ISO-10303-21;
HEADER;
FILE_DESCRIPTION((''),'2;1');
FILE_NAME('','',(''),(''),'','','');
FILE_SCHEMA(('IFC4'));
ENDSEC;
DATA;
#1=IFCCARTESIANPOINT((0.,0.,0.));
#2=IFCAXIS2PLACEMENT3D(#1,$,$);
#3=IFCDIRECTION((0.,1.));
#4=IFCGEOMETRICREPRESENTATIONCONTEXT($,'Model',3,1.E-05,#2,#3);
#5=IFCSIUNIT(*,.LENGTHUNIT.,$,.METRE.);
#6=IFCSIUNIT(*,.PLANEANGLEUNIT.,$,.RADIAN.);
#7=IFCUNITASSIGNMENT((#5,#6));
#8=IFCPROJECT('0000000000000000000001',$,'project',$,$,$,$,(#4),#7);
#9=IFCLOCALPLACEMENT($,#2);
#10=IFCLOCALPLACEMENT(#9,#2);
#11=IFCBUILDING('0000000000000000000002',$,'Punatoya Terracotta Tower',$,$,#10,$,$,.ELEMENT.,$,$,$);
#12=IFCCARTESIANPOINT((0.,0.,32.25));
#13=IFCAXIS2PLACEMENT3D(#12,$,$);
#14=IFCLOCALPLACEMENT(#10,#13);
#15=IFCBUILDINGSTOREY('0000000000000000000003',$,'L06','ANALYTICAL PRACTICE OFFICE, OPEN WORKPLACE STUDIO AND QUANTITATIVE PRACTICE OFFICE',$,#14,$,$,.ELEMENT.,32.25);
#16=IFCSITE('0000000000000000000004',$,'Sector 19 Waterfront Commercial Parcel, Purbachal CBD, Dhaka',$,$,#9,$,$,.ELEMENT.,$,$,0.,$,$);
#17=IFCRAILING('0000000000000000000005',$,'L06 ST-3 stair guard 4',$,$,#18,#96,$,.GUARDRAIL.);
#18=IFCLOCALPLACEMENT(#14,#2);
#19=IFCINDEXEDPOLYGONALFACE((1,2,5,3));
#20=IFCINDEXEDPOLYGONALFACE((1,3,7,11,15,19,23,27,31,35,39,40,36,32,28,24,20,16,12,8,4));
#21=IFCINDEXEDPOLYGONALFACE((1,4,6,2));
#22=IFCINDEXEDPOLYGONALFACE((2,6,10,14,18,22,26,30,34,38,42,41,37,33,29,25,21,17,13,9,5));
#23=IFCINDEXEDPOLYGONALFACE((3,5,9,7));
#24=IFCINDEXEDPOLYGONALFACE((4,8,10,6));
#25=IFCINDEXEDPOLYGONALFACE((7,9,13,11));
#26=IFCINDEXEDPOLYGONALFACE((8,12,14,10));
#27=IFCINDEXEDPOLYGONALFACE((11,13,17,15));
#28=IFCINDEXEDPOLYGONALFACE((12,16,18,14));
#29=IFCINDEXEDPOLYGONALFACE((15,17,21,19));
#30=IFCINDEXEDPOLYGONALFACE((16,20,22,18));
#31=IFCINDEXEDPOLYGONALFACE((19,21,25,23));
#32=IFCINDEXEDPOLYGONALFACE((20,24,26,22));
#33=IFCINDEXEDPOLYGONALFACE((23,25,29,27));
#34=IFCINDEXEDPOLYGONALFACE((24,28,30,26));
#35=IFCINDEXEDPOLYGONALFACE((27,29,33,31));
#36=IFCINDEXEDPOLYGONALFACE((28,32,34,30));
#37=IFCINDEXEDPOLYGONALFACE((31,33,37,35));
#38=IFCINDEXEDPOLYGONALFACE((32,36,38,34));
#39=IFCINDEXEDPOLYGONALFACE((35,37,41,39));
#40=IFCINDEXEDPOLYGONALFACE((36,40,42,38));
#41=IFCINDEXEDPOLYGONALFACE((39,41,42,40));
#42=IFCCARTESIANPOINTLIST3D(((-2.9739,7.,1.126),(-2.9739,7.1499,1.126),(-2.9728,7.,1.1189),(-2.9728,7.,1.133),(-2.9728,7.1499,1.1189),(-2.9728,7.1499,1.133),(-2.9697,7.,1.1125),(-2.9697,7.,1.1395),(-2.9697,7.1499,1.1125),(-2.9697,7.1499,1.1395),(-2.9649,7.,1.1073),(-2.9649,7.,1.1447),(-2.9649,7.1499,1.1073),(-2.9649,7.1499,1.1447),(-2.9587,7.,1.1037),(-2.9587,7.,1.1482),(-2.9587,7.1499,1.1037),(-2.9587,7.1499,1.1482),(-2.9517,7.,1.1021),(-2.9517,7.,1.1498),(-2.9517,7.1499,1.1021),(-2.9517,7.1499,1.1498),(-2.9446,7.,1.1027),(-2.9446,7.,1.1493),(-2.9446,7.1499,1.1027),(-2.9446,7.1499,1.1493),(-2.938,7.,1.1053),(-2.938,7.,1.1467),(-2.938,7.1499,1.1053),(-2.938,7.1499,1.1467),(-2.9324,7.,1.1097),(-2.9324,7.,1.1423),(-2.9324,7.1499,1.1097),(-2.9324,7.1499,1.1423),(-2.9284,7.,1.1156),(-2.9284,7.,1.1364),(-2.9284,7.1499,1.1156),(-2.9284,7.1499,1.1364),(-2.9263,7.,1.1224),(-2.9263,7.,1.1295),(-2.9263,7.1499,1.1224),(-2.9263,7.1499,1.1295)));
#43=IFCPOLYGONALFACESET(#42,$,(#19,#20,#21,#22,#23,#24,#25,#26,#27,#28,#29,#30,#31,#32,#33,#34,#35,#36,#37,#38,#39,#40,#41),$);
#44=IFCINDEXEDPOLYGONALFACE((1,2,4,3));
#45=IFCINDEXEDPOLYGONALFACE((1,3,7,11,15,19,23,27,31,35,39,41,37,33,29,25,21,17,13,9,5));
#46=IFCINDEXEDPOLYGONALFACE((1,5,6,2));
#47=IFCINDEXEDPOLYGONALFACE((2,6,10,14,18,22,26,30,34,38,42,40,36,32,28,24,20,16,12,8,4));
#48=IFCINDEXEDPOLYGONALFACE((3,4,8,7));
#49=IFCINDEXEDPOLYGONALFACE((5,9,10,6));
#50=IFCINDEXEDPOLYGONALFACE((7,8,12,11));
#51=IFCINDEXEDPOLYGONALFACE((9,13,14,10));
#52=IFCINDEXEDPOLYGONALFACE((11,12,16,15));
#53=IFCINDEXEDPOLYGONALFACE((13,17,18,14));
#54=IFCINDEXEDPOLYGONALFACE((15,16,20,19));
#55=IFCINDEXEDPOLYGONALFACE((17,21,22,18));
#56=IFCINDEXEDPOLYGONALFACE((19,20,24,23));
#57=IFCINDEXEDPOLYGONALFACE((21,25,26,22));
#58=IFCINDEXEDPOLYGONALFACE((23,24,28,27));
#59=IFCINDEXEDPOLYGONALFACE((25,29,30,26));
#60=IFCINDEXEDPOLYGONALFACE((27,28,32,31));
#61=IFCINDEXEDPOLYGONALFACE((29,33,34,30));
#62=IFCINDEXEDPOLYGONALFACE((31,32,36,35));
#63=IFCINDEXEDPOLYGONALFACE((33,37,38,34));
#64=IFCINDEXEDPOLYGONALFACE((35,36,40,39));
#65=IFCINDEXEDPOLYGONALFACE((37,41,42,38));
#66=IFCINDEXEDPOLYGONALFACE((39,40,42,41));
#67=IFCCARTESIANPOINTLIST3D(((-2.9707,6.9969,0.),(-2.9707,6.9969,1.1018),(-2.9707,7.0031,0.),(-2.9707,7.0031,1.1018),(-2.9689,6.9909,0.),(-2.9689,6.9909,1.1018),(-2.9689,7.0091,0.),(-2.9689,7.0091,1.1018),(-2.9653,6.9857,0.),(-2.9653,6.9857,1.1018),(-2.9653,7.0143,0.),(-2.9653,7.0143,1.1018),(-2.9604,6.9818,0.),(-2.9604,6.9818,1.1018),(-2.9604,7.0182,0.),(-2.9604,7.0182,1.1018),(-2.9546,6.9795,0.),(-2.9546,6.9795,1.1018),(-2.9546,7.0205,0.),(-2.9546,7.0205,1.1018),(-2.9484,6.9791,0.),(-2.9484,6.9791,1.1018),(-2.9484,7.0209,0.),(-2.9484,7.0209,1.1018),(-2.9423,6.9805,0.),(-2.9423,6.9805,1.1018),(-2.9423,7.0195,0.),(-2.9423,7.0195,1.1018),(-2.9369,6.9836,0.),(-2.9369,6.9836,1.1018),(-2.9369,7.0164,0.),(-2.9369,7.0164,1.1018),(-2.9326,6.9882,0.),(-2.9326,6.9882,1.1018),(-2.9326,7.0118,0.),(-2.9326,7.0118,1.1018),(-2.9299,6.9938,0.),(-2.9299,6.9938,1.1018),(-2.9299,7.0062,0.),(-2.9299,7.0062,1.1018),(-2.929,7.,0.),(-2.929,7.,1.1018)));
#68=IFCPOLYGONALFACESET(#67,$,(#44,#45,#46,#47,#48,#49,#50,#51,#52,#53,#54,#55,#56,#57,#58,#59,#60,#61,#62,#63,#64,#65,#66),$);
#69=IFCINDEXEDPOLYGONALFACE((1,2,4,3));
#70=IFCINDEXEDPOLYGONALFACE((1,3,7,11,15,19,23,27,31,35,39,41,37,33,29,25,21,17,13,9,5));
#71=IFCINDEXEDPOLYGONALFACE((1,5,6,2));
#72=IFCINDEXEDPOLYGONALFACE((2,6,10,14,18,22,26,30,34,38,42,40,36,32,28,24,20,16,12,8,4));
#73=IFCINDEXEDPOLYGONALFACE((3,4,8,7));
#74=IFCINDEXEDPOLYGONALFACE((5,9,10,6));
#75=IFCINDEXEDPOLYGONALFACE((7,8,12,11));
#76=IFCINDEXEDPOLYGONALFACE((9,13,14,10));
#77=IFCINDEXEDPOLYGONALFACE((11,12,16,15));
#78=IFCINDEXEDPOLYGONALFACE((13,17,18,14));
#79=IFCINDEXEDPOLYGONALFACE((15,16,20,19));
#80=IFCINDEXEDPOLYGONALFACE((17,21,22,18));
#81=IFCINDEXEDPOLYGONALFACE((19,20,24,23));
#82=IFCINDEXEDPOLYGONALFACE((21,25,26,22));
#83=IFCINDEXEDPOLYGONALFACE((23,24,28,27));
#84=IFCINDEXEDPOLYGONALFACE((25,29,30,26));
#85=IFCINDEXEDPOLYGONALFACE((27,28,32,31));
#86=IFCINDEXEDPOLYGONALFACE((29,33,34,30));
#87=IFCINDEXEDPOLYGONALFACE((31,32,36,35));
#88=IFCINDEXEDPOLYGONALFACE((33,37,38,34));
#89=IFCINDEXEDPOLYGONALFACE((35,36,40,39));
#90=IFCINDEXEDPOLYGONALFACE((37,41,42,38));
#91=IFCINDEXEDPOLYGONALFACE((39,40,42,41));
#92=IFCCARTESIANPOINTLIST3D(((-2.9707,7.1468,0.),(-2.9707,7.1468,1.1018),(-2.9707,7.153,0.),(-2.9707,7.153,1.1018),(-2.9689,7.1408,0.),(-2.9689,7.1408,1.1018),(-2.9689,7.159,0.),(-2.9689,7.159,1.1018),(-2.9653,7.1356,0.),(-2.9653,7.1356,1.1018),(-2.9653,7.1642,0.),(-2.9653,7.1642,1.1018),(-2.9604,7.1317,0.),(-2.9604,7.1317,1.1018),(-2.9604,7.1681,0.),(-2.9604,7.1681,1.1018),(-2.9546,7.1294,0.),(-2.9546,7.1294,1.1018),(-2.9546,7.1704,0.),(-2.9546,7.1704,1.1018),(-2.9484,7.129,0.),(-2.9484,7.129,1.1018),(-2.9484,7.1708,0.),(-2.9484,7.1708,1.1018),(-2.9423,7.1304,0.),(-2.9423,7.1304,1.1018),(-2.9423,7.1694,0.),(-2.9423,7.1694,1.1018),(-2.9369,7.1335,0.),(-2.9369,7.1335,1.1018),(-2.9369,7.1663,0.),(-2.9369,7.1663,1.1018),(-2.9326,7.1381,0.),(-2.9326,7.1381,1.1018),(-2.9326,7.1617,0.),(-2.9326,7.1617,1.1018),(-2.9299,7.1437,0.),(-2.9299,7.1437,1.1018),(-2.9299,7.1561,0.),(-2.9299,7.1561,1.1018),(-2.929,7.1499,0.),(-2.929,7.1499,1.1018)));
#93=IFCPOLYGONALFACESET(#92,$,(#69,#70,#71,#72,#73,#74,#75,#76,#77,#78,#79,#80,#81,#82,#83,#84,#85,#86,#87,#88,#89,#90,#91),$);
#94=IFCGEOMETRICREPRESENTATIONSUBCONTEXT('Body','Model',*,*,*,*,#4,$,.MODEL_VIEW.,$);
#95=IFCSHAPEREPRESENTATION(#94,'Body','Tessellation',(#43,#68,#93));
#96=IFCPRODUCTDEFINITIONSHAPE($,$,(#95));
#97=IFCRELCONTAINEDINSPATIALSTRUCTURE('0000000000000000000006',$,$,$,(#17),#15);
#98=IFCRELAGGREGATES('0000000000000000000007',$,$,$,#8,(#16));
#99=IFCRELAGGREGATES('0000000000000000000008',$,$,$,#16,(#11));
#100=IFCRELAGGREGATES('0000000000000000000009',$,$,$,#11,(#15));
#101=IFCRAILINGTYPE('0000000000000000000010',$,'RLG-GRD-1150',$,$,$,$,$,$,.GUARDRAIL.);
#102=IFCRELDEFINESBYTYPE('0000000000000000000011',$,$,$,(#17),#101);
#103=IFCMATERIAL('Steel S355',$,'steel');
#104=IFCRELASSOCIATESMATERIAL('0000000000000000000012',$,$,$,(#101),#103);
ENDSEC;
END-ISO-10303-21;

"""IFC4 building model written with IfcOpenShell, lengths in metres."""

from ifc_helpers import new_model, si_unit, direction, frame, origin, origin_2d, place, context, subcontext, project, spatial, circle, extrude, material, type_object, element, save


model = new_model("IFC4")

# Units and contexts
model_context = context("Model", 3, precision=1e-05, world=origin(), true_north=direction((0.0, 1.0)))
body_context = subcontext(model_context, "Body", "Model", "MODEL_VIEW")
ifc_project = project(units=[si_unit("LENGTHUNIT", "METRE"), si_unit("PLANEANGLEUNIT", "RADIAN")], contexts=[model_context])

# Site, building, storey
site_placement = place(None, origin())
site = spatial("IfcSite", under=ifc_project, at=site_placement, Name="Sector 19 Waterfront Commercial Parcel, Purbachal CBD, Dhaka", CompositionType="ELEMENT", RefElevation=0.0)
building_placement = place(site_placement, origin())
building = spatial("IfcBuilding", under=site, at=building_placement, Name="Punatoya Terracotta Tower", CompositionType="ELEMENT")
storey_placement = place(building_placement, frame((0.0, 0.0, 32.25)))
storey = spatial("IfcBuildingStorey", under=building, at=storey_placement, Name="L06", Description="ANALYTICAL PRACTICE OFFICE, OPEN WORKPLACE STUDIO AND QUANTITATIVE PRACTICE OFFICE", CompositionType="ELEMENT", Elevation=32.25)

# Shared definitions
ifc_material_1 = material(Name="Steel S355", Category="steel")

# Railing
railing_type_1 = type_object("IfcRailingType", Name="RLG-GRD-1150", PredefinedType="GUARDRAIL", material=ifc_material_1)
railing_1_placement = place(storey_placement, frame((-2.95, 7.0, 0.0)))
element("IfcRailing", 1, at=railing_1_placement, inside=storey, type_object=railing_type_1, Name="L06 ST-3 stair guard 4", PredefinedType="GUARDRAIL", context=body_context, shape_type="SweptSolid", body=[
    extrude(circle(Radius=0.0239, at=origin_2d()), frame((0.0, 0.0, 1.126), z_axis=(0.0, 1.0, 0.0), x_axis=(-1.0, 0.0, 0.0)), (0.0, 0.0, 1.0), 0.1499),
    extrude(circle(Radius=0.021, at=origin_2d()), origin(), (0.0, 0.0, 1.0), 1.1018),
    extrude(circle(Radius=0.021, at=origin_2d()), frame((0.0, 0.1499, 0.0)), (0.0, 0.0, 1.0), 1.1018),
])

save(model, "model.ifc")
